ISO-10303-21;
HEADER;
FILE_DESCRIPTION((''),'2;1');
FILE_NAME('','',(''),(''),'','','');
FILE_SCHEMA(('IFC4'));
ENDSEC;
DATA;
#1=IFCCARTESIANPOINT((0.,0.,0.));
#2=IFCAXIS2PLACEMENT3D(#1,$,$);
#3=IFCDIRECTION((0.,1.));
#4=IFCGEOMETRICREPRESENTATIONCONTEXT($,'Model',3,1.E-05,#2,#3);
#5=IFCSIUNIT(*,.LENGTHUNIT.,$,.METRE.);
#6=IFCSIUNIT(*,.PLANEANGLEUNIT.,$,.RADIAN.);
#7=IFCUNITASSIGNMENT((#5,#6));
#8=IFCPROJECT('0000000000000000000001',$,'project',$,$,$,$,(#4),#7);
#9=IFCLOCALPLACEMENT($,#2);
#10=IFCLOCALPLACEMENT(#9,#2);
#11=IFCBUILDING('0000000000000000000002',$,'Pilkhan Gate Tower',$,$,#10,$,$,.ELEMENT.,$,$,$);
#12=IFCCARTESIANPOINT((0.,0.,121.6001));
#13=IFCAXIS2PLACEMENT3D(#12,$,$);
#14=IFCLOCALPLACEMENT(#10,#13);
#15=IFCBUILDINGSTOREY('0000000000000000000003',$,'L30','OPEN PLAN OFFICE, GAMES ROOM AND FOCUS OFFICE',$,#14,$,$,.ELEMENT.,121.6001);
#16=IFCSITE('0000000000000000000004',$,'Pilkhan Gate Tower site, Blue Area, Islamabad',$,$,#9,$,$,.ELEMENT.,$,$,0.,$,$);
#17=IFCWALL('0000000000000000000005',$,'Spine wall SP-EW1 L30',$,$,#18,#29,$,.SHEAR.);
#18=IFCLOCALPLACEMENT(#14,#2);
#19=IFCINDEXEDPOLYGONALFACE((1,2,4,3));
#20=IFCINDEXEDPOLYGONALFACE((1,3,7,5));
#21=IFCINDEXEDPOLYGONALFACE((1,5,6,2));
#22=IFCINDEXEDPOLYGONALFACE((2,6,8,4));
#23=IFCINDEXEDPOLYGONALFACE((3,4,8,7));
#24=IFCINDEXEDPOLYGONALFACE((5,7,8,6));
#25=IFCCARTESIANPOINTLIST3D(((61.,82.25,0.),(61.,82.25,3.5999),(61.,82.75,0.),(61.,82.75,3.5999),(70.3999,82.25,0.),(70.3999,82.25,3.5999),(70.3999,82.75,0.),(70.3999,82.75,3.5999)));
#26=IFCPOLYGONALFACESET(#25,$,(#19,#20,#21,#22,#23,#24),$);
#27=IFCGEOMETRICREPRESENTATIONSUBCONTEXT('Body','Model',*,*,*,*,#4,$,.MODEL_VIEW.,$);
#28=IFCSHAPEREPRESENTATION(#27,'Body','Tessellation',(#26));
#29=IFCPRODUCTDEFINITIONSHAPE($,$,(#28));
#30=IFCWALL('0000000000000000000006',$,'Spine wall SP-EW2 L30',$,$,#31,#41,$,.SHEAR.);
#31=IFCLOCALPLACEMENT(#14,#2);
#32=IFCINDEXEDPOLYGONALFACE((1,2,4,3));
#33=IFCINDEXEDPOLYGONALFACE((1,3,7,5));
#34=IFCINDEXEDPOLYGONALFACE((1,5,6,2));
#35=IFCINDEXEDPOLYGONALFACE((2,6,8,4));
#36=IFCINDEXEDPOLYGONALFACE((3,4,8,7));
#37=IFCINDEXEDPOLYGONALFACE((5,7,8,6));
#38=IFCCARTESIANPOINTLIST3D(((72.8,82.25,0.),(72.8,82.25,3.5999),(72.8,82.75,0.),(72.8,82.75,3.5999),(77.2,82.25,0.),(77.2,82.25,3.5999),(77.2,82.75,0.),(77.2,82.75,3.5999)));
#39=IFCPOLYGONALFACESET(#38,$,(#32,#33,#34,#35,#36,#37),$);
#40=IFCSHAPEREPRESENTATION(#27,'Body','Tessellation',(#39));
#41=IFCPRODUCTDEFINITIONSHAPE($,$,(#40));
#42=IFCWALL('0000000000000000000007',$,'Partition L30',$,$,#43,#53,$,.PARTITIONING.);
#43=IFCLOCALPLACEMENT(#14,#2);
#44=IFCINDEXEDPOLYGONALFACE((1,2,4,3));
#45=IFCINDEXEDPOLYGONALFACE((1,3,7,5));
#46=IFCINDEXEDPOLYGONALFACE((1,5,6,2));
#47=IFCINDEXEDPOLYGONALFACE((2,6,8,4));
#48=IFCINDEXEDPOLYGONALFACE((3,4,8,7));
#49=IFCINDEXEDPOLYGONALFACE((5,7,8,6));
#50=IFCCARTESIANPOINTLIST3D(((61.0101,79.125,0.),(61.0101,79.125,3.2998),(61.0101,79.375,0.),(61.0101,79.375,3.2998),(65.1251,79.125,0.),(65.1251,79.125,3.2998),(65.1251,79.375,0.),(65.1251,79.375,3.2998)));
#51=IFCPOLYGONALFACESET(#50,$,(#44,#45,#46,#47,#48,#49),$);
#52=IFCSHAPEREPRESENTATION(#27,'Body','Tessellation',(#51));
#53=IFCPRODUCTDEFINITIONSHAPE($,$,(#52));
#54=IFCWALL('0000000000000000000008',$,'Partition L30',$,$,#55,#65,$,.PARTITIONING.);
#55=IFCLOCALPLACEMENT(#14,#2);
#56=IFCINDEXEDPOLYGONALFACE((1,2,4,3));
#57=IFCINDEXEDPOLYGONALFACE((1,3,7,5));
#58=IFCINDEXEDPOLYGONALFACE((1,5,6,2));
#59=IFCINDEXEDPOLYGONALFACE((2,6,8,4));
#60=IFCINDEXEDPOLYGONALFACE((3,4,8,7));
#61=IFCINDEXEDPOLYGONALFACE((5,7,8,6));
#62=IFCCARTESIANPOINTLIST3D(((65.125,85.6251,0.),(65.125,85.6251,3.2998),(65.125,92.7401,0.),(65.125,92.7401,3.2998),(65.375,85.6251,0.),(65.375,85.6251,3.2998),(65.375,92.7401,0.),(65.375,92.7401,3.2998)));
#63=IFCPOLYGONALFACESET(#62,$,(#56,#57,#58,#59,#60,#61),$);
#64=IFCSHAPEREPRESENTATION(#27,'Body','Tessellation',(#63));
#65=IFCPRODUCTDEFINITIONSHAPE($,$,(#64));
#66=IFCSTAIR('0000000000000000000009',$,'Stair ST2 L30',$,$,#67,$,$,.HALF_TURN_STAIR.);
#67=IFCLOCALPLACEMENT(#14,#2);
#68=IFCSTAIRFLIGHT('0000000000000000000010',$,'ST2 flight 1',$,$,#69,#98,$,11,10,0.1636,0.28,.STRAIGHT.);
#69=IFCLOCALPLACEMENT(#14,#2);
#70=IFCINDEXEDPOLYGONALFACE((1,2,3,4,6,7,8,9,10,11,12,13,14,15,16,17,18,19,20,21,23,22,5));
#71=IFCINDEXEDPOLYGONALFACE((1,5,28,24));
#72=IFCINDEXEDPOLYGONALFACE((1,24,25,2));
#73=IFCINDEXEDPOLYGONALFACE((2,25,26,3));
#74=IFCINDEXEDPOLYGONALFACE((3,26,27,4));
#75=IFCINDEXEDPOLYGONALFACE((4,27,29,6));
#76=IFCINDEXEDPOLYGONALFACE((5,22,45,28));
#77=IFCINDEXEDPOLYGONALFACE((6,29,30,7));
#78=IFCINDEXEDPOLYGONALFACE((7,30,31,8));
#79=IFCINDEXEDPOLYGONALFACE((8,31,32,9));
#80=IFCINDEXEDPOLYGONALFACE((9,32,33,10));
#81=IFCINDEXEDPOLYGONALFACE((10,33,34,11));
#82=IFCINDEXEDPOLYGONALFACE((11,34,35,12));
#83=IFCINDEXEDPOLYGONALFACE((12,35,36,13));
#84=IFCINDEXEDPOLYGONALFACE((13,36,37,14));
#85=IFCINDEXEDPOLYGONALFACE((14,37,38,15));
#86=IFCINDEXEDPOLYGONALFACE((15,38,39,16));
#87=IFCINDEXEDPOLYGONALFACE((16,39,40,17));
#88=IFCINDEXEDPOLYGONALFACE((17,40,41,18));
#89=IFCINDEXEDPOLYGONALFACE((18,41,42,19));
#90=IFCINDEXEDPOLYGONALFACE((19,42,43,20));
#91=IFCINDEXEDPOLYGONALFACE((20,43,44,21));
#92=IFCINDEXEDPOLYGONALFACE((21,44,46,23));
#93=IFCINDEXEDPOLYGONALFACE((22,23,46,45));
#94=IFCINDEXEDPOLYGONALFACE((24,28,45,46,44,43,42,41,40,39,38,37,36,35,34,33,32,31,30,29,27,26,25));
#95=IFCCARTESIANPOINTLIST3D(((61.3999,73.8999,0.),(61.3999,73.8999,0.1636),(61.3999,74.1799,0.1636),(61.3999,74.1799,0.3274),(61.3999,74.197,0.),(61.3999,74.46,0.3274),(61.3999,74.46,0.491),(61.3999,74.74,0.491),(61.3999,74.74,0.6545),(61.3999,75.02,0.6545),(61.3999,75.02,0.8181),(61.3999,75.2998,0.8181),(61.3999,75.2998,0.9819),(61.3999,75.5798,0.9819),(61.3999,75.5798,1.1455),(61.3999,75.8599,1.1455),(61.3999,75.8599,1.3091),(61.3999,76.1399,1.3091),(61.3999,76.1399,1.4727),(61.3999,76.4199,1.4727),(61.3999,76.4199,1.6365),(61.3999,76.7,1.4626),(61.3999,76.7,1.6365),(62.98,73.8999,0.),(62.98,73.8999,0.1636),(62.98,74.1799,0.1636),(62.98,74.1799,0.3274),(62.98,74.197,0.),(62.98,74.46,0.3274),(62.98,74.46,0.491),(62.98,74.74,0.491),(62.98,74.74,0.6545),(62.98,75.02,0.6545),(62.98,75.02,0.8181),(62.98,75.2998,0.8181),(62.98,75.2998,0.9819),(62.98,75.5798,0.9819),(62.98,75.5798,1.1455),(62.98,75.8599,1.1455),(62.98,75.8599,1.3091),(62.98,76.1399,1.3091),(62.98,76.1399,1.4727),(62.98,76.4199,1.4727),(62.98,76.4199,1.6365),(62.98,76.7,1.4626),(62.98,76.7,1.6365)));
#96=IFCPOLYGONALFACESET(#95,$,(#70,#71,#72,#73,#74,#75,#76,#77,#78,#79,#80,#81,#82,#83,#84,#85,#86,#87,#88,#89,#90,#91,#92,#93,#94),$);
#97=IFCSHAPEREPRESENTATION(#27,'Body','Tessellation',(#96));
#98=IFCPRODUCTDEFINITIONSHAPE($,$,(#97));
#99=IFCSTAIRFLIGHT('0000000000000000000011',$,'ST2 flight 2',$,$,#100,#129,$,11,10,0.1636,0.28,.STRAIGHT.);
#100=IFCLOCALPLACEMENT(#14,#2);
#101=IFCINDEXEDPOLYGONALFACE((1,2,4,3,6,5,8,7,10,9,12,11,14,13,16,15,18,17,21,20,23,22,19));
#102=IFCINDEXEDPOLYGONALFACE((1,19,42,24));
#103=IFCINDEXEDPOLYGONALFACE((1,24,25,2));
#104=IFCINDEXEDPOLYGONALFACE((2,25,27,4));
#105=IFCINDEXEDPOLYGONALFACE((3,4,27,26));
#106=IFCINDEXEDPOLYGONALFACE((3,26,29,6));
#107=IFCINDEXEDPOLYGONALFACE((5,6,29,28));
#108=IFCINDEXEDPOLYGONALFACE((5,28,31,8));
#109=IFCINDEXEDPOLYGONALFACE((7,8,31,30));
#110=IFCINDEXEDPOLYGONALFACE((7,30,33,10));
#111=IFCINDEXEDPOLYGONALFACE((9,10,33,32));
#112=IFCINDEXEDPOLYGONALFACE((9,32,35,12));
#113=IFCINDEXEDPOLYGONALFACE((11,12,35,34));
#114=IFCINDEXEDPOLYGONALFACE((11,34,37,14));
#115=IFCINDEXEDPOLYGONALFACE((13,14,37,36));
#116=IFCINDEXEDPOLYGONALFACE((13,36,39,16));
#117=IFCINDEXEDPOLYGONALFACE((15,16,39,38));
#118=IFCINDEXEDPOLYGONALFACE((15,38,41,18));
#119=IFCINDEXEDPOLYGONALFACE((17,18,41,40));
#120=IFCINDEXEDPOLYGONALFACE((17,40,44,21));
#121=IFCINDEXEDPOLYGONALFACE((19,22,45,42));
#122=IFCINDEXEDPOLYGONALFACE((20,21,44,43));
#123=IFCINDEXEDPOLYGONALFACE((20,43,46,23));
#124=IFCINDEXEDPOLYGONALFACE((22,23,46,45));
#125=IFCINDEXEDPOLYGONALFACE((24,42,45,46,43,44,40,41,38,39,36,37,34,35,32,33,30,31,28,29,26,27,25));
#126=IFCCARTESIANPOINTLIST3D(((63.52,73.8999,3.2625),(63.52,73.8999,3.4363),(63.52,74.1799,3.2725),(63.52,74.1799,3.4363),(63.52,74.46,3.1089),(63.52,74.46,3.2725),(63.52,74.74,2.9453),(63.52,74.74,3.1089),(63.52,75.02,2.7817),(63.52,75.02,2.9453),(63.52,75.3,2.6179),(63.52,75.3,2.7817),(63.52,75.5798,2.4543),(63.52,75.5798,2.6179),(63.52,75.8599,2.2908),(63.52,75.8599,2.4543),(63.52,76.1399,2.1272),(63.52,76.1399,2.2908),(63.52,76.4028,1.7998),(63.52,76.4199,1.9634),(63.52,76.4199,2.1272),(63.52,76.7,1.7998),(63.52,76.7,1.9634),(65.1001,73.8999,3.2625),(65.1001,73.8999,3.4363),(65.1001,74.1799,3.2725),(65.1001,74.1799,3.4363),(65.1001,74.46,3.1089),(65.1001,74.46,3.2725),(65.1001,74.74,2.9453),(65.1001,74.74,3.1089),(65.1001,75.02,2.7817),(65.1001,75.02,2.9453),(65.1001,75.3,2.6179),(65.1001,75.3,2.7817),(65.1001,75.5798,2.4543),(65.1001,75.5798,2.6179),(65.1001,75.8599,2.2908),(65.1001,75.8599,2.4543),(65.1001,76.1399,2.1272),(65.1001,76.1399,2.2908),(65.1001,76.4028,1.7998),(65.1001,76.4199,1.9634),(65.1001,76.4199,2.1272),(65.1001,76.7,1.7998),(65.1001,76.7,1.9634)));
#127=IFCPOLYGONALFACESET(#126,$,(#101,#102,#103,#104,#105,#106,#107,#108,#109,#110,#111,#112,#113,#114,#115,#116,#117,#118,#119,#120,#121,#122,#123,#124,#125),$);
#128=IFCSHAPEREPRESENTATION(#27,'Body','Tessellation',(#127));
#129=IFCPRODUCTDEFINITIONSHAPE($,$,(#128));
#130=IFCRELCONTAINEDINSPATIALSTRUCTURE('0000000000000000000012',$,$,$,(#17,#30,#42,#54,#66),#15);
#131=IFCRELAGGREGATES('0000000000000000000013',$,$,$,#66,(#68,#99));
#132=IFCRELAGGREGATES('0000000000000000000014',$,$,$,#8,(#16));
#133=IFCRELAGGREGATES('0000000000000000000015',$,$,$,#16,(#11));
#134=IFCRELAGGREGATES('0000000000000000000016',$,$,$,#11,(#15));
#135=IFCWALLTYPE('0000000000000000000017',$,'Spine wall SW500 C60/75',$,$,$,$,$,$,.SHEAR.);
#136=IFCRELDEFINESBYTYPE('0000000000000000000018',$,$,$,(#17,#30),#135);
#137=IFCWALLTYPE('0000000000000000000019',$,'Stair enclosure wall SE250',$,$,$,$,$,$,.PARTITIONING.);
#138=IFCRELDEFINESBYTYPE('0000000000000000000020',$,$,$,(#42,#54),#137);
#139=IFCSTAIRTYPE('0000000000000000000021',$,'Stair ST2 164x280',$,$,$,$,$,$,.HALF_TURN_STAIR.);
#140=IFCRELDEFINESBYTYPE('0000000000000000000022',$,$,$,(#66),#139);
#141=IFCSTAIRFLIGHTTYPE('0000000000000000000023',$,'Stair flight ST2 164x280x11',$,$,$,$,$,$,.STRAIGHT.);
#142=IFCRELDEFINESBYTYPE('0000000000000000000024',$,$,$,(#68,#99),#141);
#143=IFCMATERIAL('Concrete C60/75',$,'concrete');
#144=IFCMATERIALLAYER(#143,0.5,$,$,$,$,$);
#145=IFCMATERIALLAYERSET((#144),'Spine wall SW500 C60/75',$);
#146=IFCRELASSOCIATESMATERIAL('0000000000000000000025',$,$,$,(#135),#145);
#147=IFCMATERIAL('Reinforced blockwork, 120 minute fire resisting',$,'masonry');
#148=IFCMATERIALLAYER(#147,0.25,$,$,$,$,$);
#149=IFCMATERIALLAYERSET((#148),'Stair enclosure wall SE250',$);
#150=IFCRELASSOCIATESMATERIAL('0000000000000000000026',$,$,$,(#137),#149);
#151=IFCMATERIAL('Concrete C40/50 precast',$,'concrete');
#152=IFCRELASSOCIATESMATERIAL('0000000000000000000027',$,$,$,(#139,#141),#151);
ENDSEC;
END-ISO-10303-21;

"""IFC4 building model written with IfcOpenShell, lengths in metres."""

from ifc_helpers import new_model, si_unit, direction, frame, frame_2d, origin, place, context, subcontext, project, spatial, polyline, rectangle, outline, extrude, material, layer, layer_set, type_object, element, aggregate, save


model = new_model("IFC4")

# Units and contexts
model_context = context("Model", 3, precision=1e-05, world=origin(), true_north=direction((0.0, 1.0)))
body_context = subcontext(model_context, "Body", "Model", "MODEL_VIEW")
ifc_project = project(units=[si_unit("LENGTHUNIT", "METRE"), si_unit("PLANEANGLEUNIT", "RADIAN")], contexts=[model_context])

# Site, building, storey
site_placement = place(None, origin())
site = spatial("IfcSite", under=ifc_project, at=site_placement, Name="Pilkhan Gate Tower site, Blue Area, Islamabad", CompositionType="ELEMENT", RefElevation=0.0)
building_placement = place(site_placement, origin())
building = spatial("IfcBuilding", under=site, at=building_placement, Name="Pilkhan Gate Tower", CompositionType="ELEMENT")
storey_placement = place(building_placement, frame((0.0, 0.0, 121.6001)))
storey = spatial("IfcBuildingStorey", under=building, at=storey_placement, Name="L30", Description="OPEN PLAN OFFICE, GAMES ROOM AND FOCUS OFFICE", CompositionType="ELEMENT", Elevation=121.6001)

# Shared definitions
ifc_material_1 = material(Name="Concrete C60/75", Category="concrete")

# Walls
ifc_layer_1 = layer(ifc_material_1, 0.5)
ifc_layer_set_1 = layer_set([ifc_layer_1], Name="Spine wall SW500 C60/75")
wall_type_1 = type_object("IfcWallType", Name="Spine wall SW500 C60/75", PredefinedType="SHEAR", material=ifc_layer_set_1)
wall_1_placement = place(storey_placement, frame((61.0, 82.5, 0.0), z_axis=(0.0, 0.0, 1.0), x_axis=(1.0, 0.0, 0.0)))
element("IfcWall", 1, at=wall_1_placement, inside=storey, type_object=wall_type_1, Name="Spine wall SP-EW1 L30", PredefinedType="SHEAR", context=body_context, shape_type="SweptSolid", body=[
    extrude(rectangle(XDim=9.3999, YDim=0.5, at=frame_2d((4.7, 0.0))), origin(), (0.0, 0.0, 1.0), 3.5999),
])
wall_2_placement = place(storey_placement, frame((72.8, 82.5, 0.0), z_axis=(0.0, 0.0, 1.0), x_axis=(1.0, 0.0, 0.0)))
element("IfcWall", 2, at=wall_2_placement, inside=storey, type_object=wall_type_1, Name="Spine wall SP-EW2 L30", PredefinedType="SHEAR", context=body_context, shape_type="SweptSolid", body=[
    extrude(rectangle(XDim=4.3999, YDim=0.5, at=frame_2d((2.2, 0.0))), origin(), (0.0, 0.0, 1.0), 3.5999),
])
ifc_material_2 = material(Name="Reinforced blockwork, 120 minute fire resisting", Category="masonry")
ifc_layer_2 = layer(ifc_material_2, 0.25)
ifc_layer_set_2 = layer_set([ifc_layer_2], Name="Stair enclosure wall SE250")
wall_type_2 = type_object("IfcWallType", Name="Stair enclosure wall SE250", PredefinedType="PARTITIONING", material=ifc_layer_set_2)
wall_3_placement = place(storey_placement, frame((61.01, 79.25, 0.0), z_axis=(0.0, 0.0, 1.0), x_axis=(1.0, 0.0, 0.0)))
element("IfcWall", 3, at=wall_3_placement, inside=storey, type_object=wall_type_2, Name="Partition L30", PredefinedType="PARTITIONING", context=body_context, shape_type="SweptSolid", body=[
    extrude(rectangle(XDim=4.115, YDim=0.25, at=frame_2d((2.0576, 0.0))), origin(), (0.0, 0.0, 1.0), 3.2998),
])
wall_4_placement = place(storey_placement, frame((65.25, 85.625, 0.0), z_axis=(0.0, 0.0, 1.0), x_axis=(0.0, 1.0, 0.0)))
element("IfcWall", 4, at=wall_4_placement, inside=storey, type_object=wall_type_2, Name="Partition L30", PredefinedType="PARTITIONING", context=body_context, shape_type="SweptSolid", body=[
    extrude(rectangle(XDim=7.115, YDim=0.25, at=frame_2d((3.5576, 0.0))), origin(), (0.0, 0.0, 1.0), 3.2998),
])

# Stair, stair flights
ifc_material_3 = material(Name="Concrete C40/50 precast", Category="concrete")
stair_type = type_object("IfcStairType", Name="Stair ST2 164x280", PredefinedType="HALF_TURN_STAIR", material=ifc_material_3)
stair_placement = place(storey_placement, origin())
stair = element("IfcStair", 5, at=stair_placement, inside=storey, type_object=stair_type, Name="Stair ST2 L30", PredefinedType="HALF_TURN_STAIR")
stair_flight_type = type_object("IfcStairFlightType", Name="Stair flight ST2 164x280x11", PredefinedType="STRAIGHT", material=ifc_material_3)
stair_flight_1_placement = place(storey_placement, frame((62.1899, 73.8999, 0.0), z_axis=(0.0, 0.0, 1.0), x_axis=(0.0, 1.0, 0.0)))
stair_flight_1 = element("IfcStairFlight", 6, at=stair_flight_1_placement, type_object=stair_flight_type, Name="ST2 flight 1", NumberOfRisers=11, NumberOfTreads=10, PredefinedType="STRAIGHT", RiserHeight=0.1636, TreadLength=0.28, context=body_context, shape_type="SweptSolid", body=[
    extrude(outline(polyline([(0.0, 0.0), (0.0, 0.1636), (0.28, 0.1636), (0.28, 0.3274), (0.5601, 0.3274), (0.5601, 0.491), (0.8401, 0.491), (0.8401, 0.6545), (1.1201, 0.6545), (1.1201, 0.8181), (1.3999, 0.8181), (1.3999, 0.9819), (1.6799, 0.9819), (1.6799, 1.1455), (1.96, 1.1455), (1.96, 1.3091), (2.24, 1.3091), (2.24, 1.4727), (2.52, 1.4727), (2.52, 1.6365), (2.8, 1.6365), (2.8, 1.8), (2.8, 1.4626), (0.2971, 0.0), (0.0, 0.0)])), frame((0.0, 0.79, 0.0), z_axis=(0.0, -1.0, 0.0), x_axis=(1.0, 0.0, 0.0)), (0.0, 0.0, 1.0), 1.5801),
])
stair_flight_2_placement = place(storey_placement, frame((64.3101, 76.7, 1.7998), z_axis=(0.0, 0.0, 1.0), x_axis=(0.0, -1.0, 0.0)))
stair_flight_2 = element("IfcStairFlight", 7, at=stair_flight_2_placement, type_object=stair_flight_type, Name="ST2 flight 2", NumberOfRisers=11, NumberOfTreads=10, PredefinedType="STRAIGHT", RiserHeight=0.1636, TreadLength=0.28, context=body_context, shape_type="SweptSolid", body=[
    extrude(outline(polyline([(0.0, 0.0), (0.0, 0.1636), (0.28, 0.1636), (0.28, 0.3274), (0.5601, 0.3274), (0.5601, 0.491), (0.8401, 0.491), (0.8401, 0.6545), (1.1201, 0.6545), (1.1201, 0.8181), (1.3999, 0.8181), (1.3999, 0.9819), (1.6799, 0.9819), (1.6799, 1.1455), (1.96, 1.1455), (1.96, 1.3091), (2.24, 1.3091), (2.24, 1.4727), (2.52, 1.4727), (2.52, 1.6365), (2.8, 1.6365), (2.8, 1.8), (2.8, 1.4626), (0.2971, 0.0), (0.0, 0.0)])), frame((0.0, 0.79, 0.0), z_axis=(0.0, -1.0, 0.0), x_axis=(1.0, 0.0, 0.0)), (0.0, 0.0, 1.0), 1.5801),
])
aggregate(stair, [stair_flight_1, stair_flight_2])

save(model, "model.ifc")
